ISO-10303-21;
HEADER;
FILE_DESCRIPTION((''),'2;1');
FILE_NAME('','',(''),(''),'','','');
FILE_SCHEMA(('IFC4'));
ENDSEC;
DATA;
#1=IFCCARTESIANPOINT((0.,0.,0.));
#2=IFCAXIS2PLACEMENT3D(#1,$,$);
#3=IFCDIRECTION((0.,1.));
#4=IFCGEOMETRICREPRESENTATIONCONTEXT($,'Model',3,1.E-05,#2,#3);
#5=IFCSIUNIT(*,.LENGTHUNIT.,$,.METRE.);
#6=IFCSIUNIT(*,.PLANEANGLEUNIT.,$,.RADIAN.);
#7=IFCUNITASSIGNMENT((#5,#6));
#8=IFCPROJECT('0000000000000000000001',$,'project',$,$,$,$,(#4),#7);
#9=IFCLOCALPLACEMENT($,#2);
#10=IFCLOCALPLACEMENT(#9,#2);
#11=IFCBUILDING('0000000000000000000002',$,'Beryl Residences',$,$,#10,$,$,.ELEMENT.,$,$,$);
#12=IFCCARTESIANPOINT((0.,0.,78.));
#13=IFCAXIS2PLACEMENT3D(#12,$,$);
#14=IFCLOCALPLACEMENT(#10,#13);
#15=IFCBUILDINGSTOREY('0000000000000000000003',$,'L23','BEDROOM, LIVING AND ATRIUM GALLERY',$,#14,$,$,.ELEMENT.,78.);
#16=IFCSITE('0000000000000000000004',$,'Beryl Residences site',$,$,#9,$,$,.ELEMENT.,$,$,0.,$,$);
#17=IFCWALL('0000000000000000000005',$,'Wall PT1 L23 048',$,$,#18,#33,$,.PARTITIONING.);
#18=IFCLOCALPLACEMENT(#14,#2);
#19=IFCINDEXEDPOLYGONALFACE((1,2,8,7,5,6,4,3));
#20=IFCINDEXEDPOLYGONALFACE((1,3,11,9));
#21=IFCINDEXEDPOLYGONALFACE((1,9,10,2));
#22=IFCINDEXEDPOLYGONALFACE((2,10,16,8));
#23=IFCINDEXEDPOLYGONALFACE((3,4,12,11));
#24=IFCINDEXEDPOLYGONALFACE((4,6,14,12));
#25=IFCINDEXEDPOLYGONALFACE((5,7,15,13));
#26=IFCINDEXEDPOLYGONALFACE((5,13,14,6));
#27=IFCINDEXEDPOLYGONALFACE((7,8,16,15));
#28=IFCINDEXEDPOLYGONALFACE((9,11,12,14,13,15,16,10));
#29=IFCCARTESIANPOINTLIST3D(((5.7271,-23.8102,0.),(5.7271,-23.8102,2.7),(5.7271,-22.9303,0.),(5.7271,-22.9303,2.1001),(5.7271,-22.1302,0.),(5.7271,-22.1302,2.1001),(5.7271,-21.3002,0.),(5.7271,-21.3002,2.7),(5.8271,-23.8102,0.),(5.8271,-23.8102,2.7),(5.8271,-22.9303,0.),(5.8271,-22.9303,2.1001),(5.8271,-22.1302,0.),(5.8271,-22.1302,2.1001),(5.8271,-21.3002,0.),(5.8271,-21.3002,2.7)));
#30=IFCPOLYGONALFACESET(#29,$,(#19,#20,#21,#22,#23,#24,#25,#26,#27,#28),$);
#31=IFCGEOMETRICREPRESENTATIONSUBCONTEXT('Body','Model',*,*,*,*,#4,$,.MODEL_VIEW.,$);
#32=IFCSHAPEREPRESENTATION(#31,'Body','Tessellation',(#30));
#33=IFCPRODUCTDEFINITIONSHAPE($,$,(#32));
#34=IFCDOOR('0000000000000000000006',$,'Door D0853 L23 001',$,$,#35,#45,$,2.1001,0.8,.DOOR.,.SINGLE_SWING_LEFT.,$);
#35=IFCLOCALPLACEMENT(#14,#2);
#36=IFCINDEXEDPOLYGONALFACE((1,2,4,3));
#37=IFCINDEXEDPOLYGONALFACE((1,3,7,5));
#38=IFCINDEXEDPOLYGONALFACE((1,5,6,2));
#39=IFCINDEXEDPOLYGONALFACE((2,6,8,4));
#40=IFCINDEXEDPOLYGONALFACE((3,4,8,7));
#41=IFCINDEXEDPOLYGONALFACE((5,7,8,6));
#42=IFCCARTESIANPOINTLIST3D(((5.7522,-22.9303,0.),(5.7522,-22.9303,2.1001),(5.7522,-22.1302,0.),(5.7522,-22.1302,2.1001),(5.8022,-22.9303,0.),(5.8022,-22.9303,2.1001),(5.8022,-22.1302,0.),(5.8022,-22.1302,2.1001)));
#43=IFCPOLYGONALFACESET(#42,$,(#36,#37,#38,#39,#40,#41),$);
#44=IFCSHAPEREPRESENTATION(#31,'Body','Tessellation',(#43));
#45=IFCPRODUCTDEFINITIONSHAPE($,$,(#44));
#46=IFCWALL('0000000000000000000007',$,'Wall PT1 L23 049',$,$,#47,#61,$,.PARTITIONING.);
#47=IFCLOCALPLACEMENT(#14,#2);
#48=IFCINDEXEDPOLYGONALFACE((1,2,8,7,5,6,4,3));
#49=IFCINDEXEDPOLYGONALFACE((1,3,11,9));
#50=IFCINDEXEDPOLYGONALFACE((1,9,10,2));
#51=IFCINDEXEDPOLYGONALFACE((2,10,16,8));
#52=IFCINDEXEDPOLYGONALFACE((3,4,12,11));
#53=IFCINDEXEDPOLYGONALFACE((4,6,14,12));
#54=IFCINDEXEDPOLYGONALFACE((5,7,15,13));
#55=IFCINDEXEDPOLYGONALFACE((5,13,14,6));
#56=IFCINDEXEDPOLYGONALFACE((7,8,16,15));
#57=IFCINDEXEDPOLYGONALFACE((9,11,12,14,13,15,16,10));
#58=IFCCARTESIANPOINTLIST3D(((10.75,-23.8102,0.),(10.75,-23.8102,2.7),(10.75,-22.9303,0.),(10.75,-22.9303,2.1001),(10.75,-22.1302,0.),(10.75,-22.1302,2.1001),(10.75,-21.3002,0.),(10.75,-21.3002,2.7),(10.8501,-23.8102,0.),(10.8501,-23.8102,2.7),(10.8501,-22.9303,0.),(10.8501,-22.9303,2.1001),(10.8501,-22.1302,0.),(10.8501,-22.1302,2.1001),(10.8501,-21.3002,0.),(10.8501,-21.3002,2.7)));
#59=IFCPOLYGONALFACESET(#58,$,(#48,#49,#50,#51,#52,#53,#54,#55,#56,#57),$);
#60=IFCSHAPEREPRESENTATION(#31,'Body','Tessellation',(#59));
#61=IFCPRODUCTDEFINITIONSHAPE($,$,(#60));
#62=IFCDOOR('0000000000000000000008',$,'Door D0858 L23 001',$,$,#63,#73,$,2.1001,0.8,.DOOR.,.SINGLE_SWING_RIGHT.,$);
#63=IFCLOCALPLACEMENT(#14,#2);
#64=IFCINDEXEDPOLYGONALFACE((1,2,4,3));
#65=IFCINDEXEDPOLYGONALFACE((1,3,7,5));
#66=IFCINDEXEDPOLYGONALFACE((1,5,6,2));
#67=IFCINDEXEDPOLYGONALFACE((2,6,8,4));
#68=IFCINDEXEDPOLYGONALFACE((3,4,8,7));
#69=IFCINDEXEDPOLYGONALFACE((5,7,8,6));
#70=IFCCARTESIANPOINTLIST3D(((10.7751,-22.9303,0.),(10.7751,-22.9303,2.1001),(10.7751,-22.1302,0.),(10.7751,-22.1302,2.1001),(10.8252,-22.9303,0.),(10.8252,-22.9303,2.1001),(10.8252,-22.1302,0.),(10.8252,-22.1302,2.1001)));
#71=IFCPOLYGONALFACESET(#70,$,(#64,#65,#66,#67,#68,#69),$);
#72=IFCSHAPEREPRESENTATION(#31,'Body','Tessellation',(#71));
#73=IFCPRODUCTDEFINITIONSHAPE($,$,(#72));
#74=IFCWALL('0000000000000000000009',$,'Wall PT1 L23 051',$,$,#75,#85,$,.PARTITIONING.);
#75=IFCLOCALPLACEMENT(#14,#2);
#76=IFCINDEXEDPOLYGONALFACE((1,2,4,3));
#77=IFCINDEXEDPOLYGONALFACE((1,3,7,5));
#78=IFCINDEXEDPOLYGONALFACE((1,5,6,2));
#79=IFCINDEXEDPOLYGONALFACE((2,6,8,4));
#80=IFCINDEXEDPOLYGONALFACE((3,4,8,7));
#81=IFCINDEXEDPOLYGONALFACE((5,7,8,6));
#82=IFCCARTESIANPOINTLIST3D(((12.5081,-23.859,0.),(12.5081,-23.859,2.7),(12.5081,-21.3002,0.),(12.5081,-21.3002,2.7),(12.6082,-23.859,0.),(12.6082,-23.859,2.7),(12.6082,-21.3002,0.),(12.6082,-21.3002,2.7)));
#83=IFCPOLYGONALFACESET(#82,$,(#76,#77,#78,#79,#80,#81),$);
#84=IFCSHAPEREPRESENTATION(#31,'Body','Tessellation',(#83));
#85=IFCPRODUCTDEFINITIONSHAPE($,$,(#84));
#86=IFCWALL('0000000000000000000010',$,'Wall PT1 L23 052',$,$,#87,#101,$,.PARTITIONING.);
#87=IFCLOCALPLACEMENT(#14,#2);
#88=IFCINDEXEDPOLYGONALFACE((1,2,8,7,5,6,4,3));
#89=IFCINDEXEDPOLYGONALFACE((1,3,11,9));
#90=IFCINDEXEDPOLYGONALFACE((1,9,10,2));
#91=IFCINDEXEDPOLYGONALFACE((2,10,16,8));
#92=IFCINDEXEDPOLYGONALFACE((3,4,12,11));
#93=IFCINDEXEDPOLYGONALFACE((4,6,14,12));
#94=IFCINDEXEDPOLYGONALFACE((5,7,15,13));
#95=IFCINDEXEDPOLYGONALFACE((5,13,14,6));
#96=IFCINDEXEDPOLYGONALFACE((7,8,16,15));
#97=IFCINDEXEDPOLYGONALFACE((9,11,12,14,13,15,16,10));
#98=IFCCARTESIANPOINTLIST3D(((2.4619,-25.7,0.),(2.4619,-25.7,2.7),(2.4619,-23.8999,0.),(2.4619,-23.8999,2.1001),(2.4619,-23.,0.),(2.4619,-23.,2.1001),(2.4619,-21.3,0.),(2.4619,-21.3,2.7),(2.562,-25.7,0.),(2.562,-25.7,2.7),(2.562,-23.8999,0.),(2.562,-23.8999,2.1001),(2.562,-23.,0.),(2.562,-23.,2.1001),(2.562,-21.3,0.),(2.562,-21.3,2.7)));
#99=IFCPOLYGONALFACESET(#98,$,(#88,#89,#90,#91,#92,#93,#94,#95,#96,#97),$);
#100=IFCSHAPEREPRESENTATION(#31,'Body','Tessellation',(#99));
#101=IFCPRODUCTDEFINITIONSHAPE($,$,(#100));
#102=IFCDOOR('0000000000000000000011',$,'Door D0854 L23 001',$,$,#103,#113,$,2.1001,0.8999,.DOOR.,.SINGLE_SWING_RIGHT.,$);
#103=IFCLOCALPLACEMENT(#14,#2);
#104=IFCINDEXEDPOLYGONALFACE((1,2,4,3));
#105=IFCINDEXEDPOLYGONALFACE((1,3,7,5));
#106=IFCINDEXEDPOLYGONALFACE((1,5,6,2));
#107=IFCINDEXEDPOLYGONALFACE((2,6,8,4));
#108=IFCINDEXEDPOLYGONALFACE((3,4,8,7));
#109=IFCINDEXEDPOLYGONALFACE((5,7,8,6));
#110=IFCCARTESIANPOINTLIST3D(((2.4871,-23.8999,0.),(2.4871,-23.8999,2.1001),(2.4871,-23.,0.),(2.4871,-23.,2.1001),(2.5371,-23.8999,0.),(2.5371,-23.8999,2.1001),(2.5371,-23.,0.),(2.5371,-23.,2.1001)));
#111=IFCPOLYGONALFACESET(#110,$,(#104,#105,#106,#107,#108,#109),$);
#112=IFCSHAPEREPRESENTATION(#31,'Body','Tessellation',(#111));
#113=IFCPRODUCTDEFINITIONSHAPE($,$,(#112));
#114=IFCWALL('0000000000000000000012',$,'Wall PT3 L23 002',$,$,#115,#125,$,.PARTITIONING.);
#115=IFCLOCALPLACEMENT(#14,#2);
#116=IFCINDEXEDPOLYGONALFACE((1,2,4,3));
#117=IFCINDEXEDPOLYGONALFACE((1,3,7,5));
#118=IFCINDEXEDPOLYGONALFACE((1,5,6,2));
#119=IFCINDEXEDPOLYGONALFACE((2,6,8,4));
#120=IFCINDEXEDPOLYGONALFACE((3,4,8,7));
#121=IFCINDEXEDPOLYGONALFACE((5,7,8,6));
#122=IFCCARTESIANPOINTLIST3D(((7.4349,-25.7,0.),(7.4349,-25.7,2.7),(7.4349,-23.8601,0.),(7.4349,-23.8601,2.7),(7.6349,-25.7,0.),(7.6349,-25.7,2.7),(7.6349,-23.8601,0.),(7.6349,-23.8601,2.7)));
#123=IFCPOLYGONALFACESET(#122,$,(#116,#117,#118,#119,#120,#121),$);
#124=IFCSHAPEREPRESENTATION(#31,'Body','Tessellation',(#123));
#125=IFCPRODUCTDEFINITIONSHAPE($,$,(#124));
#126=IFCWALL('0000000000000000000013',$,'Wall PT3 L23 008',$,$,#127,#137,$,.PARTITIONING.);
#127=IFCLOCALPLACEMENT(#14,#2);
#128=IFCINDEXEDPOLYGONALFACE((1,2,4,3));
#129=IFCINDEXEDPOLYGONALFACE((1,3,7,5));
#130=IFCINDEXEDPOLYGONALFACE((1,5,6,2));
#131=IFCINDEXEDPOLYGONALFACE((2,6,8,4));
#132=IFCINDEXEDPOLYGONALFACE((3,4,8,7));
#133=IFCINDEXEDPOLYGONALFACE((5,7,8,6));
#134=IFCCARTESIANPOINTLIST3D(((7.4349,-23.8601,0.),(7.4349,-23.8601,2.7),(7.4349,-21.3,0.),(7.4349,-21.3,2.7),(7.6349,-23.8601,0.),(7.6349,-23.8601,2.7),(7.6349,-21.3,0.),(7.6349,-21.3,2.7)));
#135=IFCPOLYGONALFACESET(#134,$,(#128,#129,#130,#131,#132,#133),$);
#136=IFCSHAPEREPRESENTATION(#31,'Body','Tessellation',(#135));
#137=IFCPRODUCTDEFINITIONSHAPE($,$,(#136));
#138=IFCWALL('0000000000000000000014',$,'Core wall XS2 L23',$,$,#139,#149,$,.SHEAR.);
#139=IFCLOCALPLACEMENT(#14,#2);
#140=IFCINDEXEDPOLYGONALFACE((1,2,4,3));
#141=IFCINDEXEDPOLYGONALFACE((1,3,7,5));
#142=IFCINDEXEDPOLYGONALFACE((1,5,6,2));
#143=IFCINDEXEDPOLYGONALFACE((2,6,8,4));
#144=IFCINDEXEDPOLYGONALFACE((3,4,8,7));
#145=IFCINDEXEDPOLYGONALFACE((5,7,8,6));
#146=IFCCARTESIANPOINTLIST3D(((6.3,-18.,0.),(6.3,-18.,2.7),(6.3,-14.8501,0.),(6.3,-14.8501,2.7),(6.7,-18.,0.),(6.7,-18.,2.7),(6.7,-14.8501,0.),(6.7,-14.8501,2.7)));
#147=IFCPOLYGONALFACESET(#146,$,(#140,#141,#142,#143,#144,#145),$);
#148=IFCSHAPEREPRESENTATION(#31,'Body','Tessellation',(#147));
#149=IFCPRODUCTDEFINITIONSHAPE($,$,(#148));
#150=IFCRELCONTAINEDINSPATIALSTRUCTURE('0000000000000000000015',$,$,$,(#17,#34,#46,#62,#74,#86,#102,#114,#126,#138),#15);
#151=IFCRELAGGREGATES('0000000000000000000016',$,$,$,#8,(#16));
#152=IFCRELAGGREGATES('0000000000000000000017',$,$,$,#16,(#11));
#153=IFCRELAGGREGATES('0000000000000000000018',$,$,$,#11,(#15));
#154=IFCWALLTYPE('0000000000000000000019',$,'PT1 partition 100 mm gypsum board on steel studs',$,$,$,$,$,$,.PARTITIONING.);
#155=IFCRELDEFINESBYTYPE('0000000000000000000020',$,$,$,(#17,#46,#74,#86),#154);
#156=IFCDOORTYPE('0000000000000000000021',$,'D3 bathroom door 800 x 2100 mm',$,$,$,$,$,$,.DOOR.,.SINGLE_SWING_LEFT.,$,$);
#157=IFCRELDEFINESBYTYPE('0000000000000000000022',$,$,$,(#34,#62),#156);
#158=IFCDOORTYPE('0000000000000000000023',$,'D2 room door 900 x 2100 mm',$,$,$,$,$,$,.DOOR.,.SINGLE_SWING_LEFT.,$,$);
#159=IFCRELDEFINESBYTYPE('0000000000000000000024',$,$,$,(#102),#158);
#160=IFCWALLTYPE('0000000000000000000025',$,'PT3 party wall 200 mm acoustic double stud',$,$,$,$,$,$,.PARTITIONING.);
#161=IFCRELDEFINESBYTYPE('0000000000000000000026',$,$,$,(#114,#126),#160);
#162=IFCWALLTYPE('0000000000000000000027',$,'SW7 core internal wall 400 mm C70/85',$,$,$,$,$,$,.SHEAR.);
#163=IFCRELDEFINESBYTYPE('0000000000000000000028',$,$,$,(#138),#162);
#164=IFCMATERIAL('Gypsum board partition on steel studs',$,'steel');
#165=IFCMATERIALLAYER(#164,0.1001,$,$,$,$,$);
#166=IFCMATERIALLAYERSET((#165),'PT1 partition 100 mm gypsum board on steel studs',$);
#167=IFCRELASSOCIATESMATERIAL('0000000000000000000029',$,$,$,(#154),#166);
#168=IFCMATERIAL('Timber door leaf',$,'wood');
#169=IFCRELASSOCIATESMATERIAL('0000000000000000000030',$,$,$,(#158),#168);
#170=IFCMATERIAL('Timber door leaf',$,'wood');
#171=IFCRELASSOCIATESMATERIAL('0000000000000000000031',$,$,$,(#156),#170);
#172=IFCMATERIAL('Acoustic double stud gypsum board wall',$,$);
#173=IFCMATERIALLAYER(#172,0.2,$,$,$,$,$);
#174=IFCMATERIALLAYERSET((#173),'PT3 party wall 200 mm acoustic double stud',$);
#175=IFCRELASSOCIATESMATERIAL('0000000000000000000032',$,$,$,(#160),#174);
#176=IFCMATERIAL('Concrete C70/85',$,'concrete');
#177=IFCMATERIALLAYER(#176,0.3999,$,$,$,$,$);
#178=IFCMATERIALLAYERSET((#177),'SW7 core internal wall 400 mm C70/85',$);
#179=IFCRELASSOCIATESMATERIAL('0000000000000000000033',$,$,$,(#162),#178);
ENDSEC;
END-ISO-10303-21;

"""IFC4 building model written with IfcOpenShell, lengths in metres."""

from ifc_helpers import new_model, si_unit, direction, frame, frame_2d, origin, place, context, subcontext, project, spatial, rectangle, extrude, material, layer, layer_set, type_object, element, fill, save


model = new_model("IFC4")

# Units and contexts
model_context = context("Model", 3, precision=1e-05, world=origin(), true_north=direction((0.0, 1.0)))
body_context = subcontext(model_context, "Body", "Model", "MODEL_VIEW")
ifc_project = project(units=[si_unit("LENGTHUNIT", "METRE"), si_unit("PLANEANGLEUNIT", "RADIAN")], contexts=[model_context])

# Site, building, storey
site_placement = place(None, origin())
site = spatial("IfcSite", under=ifc_project, at=site_placement, Name="Beryl Residences site", CompositionType="ELEMENT", RefElevation=0.0)
building_placement = place(site_placement, origin())
building = spatial("IfcBuilding", under=site, at=building_placement, Name="Beryl Residences", CompositionType="ELEMENT")
storey_placement = place(building_placement, frame((0.0, 0.0, 78.0)))
storey = spatial("IfcBuildingStorey", under=building, at=storey_placement, Name="L23", Description="BEDROOM, LIVING AND ATRIUM GALLERY", CompositionType="ELEMENT", Elevation=78.0)

# Shared definitions
ifc_material_1 = material(Name="Gypsum board partition on steel studs", Category="steel")
ifc_layer_1 = layer(ifc_material_1, 0.1001)
ifc_layer_set_1 = layer_set([ifc_layer_1], Name="PT1 partition 100 mm gypsum board on steel studs")
wall_type_1 = type_object("IfcWallType", Name="PT1 partition 100 mm gypsum board on steel studs", PredefinedType="PARTITIONING", material=ifc_layer_set_1)
ifc_material_2 = material(Name="Timber door leaf", Category="wood")
door_type_1 = type_object("IfcDoorType", Name="D2 room door 900 x 2100 mm", OperationType="SINGLE_SWING_LEFT", PredefinedType="DOOR", material=ifc_material_2)

# Walls, openings, doors
wall_1_placement = place(storey_placement, frame((5.7771, -23.8101, 0.0), z_axis=(0.0, 0.0, 1.0), x_axis=(0.0, 1.0, 0.0)))
wall_1 = element("IfcWall", 1, at=wall_1_placement, inside=storey, type_object=wall_type_1, Name="Wall PT1 L23 048", PredefinedType="PARTITIONING", context=body_context, shape_type="SweptSolid", body=[
    extrude(rectangle(XDim=2.51, YDim=0.1001, at=frame_2d((1.2549, 0.0))), origin(), (0.0, 0.0, 1.0), 2.7),
])
opening_1_placement = place(wall_1_placement, frame((0.8799, 0.0, 0.0)))
opening_1 = element("IfcOpeningElement", 2, at=opening_1_placement, cuts=wall_1, PredefinedType="OPENING", context=body_context, shape_type="SweptSolid", body=[
    extrude(rectangle(XDim=0.8, YDim=2.1001, at=frame_2d((0.3999, 1.05))), frame((0.0, 0.0601, 0.0), z_axis=(0.0, -1.0, 0.0), x_axis=(1.0, 0.0, 0.0)), (0.0, 0.0, 1.0), 0.1201),
])
ifc_material_3 = material(Name="Timber door leaf", Category="wood")
door_type_2 = type_object("IfcDoorType", Name="D3 bathroom door 800 x 2100 mm", OperationType="SINGLE_SWING_LEFT", PredefinedType="DOOR", material=ifc_material_3)
door_1_placement = place(opening_1_placement, origin())
door_1 = element("IfcDoor", 3, at=door_1_placement, inside=storey, type_object=door_type_2, Name="Door D0853 L23 001", OperationType="SINGLE_SWING_LEFT", OverallHeight=2.1001, OverallWidth=0.8, PredefinedType="DOOR", context=body_context, shape_type="SweptSolid", body=[
    extrude(rectangle(XDim=0.8, YDim=2.1001, at=frame_2d((0.3999, 1.05))), frame((0.0, 0.0249, 0.0), z_axis=(0.0, -1.0, 0.0), x_axis=(1.0, 0.0, 0.0)), (0.0, 0.0, 1.0), 0.05),
])
fill(opening_1, door_1)
wall_2_placement = place(storey_placement, frame((10.8, -23.8101, 0.0), z_axis=(0.0, 0.0, 1.0), x_axis=(0.0, 1.0, 0.0)))
wall_2 = element("IfcWall", 4, at=wall_2_placement, inside=storey, type_object=wall_type_1, Name="Wall PT1 L23 049", PredefinedType="PARTITIONING", context=body_context, shape_type="SweptSolid", body=[
    extrude(rectangle(XDim=2.51, YDim=0.1001, at=frame_2d((1.2549, 0.0))), origin(), (0.0, 0.0, 1.0), 2.7),
])
opening_2_placement = place(wall_2_placement, frame((0.8799, 0.0, 0.0)))
opening_2 = element("IfcOpeningElement", 5, at=opening_2_placement, cuts=wall_2, PredefinedType="OPENING", context=body_context, shape_type="SweptSolid", body=[
    extrude(rectangle(XDim=0.8, YDim=2.1001, at=frame_2d((0.3999, 1.05))), frame((0.0, 0.0601, 0.0), z_axis=(0.0, -1.0, 0.0), x_axis=(1.0, 0.0, 0.0)), (0.0, 0.0, 1.0), 0.1201),
])
door_2_placement = place(opening_2_placement, origin())
door_2 = element("IfcDoor", 6, at=door_2_placement, inside=storey, type_object=door_type_2, Name="Door D0858 L23 001", OperationType="SINGLE_SWING_RIGHT", OverallHeight=2.1001, OverallWidth=0.8, PredefinedType="DOOR", context=body_context, shape_type="SweptSolid", body=[
    extrude(rectangle(XDim=0.8, YDim=2.1001, at=frame_2d((0.3999, 1.05))), frame((0.0, 0.0249, 0.0), z_axis=(0.0, -1.0, 0.0), x_axis=(1.0, 0.0, 0.0)), (0.0, 0.0, 1.0), 0.05),
])
fill(opening_2, door_2)

# Wall
wall_3_placement = place(storey_placement, frame((12.5581, -23.8589, 0.0), z_axis=(0.0, 0.0, 1.0), x_axis=(0.0, 1.0, 0.0)))
element("IfcWall", 7, at=wall_3_placement, inside=storey, type_object=wall_type_1, Name="Wall PT1 L23 051", PredefinedType="PARTITIONING", context=body_context, shape_type="SweptSolid", body=[
    extrude(rectangle(XDim=2.5588, YDim=0.1001, at=frame_2d((1.2793, 0.0))), origin(), (0.0, 0.0, 1.0), 2.7),
])

# Wall, opening, door
wall_4_placement = place(storey_placement, frame((2.512, -25.7, 0.0), z_axis=(0.0, 0.0, 1.0), x_axis=(0.0, 1.0, 0.0)))
wall_4 = element("IfcWall", 8, at=wall_4_placement, inside=storey, type_object=wall_type_1, Name="Wall PT1 L23 052", PredefinedType="PARTITIONING", context=body_context, shape_type="SweptSolid", body=[
    extrude(rectangle(XDim=4.3999, YDim=0.1001, at=frame_2d((2.2, 0.0))), origin(), (0.0, 0.0, 1.0), 2.7),
])
opening_3_placement = place(wall_4_placement, frame((1.8, 0.0, 0.0)))
opening_3 = element("IfcOpeningElement", 9, at=opening_3_placement, cuts=wall_4, PredefinedType="OPENING", context=body_context, shape_type="SweptSolid", body=[
    extrude(rectangle(XDim=0.8999, YDim=2.1001, at=frame_2d((0.45, 1.05))), frame((0.0, 0.0601, 0.0), z_axis=(0.0, -1.0, 0.0), x_axis=(1.0, 0.0, 0.0)), (0.0, 0.0, 1.0), 0.1201),
])
door_3_placement = place(opening_3_placement, origin())
door_3 = element("IfcDoor", 10, at=door_3_placement, inside=storey, type_object=door_type_1, Name="Door D0854 L23 001", OperationType="SINGLE_SWING_RIGHT", OverallHeight=2.1001, OverallWidth=0.8999, PredefinedType="DOOR", context=body_context, shape_type="SweptSolid", body=[
    extrude(rectangle(XDim=0.8999, YDim=2.1001, at=frame_2d((0.45, 1.05))), frame((0.0, 0.0249, 0.0), z_axis=(0.0, -1.0, 0.0), x_axis=(1.0, 0.0, 0.0)), (0.0, 0.0, 1.0), 0.05),
])
fill(opening_3, door_3)

# Walls
ifc_material_4 = material(Name="Acoustic double stud gypsum board wall")
ifc_layer_2 = layer(ifc_material_4, 0.2)
ifc_layer_set_2 = layer_set([ifc_layer_2], Name="PT3 party wall 200 mm acoustic double stud")
wall_type_2 = type_object("IfcWallType", Name="PT3 party wall 200 mm acoustic double stud", PredefinedType="PARTITIONING", material=ifc_layer_set_2)
wall_5_placement = place(storey_placement, frame((7.5349, -23.8601, 0.0), z_axis=(0.0, 0.0, 1.0), x_axis=(0.0, -1.0, 0.0)))
element("IfcWall", 11, at=wall_5_placement, inside=storey, type_object=wall_type_2, Name="Wall PT3 L23 002", PredefinedType="PARTITIONING", context=body_context, shape_type="SweptSolid", body=[
    extrude(rectangle(XDim=1.8398, YDim=0.2, at=frame_2d((0.9199, 0.0))), origin(), (0.0, 0.0, 1.0), 2.7),
])
wall_6_placement = place(storey_placement, frame((7.5349, -23.8601, 0.0), z_axis=(0.0, 0.0, 1.0), x_axis=(0.0, 1.0, 0.0)))
element("IfcWall", 12, at=wall_6_placement, inside=storey, type_object=wall_type_2, Name="Wall PT3 L23 008", PredefinedType="PARTITIONING", context=body_context, shape_type="SweptSolid", body=[
    extrude(rectangle(XDim=2.5601, YDim=0.2, at=frame_2d((1.28, 0.0))), origin(), (0.0, 0.0, 1.0), 2.7),
])
ifc_material_5 = material(Name="Concrete C70/85", Category="concrete")
ifc_layer_3 = layer(ifc_material_5, 0.3999)
ifc_layer_set_3 = layer_set([ifc_layer_3], Name="SW7 core internal wall 400 mm C70/85")
wall_type_3 = type_object("IfcWallType", Name="SW7 core internal wall 400 mm C70/85", PredefinedType="SHEAR", material=ifc_layer_set_3)
wall_7_placement = place(storey_placement, frame((6.5, -18.0, 0.0), z_axis=(0.0, 0.0, 1.0), x_axis=(0.0, 1.0, 0.0)))
element("IfcWall", 13, at=wall_7_placement, inside=storey, type_object=wall_type_3, Name="Core wall XS2 L23", PredefinedType="SHEAR", context=body_context, shape_type="SweptSolid", body=[
    extrude(rectangle(XDim=3.1499, YDim=0.3999, at=frame_2d((1.575, 0.0))), origin(), (0.0, 0.0, 1.0), 2.7),
])

save(model, "model.ifc")
